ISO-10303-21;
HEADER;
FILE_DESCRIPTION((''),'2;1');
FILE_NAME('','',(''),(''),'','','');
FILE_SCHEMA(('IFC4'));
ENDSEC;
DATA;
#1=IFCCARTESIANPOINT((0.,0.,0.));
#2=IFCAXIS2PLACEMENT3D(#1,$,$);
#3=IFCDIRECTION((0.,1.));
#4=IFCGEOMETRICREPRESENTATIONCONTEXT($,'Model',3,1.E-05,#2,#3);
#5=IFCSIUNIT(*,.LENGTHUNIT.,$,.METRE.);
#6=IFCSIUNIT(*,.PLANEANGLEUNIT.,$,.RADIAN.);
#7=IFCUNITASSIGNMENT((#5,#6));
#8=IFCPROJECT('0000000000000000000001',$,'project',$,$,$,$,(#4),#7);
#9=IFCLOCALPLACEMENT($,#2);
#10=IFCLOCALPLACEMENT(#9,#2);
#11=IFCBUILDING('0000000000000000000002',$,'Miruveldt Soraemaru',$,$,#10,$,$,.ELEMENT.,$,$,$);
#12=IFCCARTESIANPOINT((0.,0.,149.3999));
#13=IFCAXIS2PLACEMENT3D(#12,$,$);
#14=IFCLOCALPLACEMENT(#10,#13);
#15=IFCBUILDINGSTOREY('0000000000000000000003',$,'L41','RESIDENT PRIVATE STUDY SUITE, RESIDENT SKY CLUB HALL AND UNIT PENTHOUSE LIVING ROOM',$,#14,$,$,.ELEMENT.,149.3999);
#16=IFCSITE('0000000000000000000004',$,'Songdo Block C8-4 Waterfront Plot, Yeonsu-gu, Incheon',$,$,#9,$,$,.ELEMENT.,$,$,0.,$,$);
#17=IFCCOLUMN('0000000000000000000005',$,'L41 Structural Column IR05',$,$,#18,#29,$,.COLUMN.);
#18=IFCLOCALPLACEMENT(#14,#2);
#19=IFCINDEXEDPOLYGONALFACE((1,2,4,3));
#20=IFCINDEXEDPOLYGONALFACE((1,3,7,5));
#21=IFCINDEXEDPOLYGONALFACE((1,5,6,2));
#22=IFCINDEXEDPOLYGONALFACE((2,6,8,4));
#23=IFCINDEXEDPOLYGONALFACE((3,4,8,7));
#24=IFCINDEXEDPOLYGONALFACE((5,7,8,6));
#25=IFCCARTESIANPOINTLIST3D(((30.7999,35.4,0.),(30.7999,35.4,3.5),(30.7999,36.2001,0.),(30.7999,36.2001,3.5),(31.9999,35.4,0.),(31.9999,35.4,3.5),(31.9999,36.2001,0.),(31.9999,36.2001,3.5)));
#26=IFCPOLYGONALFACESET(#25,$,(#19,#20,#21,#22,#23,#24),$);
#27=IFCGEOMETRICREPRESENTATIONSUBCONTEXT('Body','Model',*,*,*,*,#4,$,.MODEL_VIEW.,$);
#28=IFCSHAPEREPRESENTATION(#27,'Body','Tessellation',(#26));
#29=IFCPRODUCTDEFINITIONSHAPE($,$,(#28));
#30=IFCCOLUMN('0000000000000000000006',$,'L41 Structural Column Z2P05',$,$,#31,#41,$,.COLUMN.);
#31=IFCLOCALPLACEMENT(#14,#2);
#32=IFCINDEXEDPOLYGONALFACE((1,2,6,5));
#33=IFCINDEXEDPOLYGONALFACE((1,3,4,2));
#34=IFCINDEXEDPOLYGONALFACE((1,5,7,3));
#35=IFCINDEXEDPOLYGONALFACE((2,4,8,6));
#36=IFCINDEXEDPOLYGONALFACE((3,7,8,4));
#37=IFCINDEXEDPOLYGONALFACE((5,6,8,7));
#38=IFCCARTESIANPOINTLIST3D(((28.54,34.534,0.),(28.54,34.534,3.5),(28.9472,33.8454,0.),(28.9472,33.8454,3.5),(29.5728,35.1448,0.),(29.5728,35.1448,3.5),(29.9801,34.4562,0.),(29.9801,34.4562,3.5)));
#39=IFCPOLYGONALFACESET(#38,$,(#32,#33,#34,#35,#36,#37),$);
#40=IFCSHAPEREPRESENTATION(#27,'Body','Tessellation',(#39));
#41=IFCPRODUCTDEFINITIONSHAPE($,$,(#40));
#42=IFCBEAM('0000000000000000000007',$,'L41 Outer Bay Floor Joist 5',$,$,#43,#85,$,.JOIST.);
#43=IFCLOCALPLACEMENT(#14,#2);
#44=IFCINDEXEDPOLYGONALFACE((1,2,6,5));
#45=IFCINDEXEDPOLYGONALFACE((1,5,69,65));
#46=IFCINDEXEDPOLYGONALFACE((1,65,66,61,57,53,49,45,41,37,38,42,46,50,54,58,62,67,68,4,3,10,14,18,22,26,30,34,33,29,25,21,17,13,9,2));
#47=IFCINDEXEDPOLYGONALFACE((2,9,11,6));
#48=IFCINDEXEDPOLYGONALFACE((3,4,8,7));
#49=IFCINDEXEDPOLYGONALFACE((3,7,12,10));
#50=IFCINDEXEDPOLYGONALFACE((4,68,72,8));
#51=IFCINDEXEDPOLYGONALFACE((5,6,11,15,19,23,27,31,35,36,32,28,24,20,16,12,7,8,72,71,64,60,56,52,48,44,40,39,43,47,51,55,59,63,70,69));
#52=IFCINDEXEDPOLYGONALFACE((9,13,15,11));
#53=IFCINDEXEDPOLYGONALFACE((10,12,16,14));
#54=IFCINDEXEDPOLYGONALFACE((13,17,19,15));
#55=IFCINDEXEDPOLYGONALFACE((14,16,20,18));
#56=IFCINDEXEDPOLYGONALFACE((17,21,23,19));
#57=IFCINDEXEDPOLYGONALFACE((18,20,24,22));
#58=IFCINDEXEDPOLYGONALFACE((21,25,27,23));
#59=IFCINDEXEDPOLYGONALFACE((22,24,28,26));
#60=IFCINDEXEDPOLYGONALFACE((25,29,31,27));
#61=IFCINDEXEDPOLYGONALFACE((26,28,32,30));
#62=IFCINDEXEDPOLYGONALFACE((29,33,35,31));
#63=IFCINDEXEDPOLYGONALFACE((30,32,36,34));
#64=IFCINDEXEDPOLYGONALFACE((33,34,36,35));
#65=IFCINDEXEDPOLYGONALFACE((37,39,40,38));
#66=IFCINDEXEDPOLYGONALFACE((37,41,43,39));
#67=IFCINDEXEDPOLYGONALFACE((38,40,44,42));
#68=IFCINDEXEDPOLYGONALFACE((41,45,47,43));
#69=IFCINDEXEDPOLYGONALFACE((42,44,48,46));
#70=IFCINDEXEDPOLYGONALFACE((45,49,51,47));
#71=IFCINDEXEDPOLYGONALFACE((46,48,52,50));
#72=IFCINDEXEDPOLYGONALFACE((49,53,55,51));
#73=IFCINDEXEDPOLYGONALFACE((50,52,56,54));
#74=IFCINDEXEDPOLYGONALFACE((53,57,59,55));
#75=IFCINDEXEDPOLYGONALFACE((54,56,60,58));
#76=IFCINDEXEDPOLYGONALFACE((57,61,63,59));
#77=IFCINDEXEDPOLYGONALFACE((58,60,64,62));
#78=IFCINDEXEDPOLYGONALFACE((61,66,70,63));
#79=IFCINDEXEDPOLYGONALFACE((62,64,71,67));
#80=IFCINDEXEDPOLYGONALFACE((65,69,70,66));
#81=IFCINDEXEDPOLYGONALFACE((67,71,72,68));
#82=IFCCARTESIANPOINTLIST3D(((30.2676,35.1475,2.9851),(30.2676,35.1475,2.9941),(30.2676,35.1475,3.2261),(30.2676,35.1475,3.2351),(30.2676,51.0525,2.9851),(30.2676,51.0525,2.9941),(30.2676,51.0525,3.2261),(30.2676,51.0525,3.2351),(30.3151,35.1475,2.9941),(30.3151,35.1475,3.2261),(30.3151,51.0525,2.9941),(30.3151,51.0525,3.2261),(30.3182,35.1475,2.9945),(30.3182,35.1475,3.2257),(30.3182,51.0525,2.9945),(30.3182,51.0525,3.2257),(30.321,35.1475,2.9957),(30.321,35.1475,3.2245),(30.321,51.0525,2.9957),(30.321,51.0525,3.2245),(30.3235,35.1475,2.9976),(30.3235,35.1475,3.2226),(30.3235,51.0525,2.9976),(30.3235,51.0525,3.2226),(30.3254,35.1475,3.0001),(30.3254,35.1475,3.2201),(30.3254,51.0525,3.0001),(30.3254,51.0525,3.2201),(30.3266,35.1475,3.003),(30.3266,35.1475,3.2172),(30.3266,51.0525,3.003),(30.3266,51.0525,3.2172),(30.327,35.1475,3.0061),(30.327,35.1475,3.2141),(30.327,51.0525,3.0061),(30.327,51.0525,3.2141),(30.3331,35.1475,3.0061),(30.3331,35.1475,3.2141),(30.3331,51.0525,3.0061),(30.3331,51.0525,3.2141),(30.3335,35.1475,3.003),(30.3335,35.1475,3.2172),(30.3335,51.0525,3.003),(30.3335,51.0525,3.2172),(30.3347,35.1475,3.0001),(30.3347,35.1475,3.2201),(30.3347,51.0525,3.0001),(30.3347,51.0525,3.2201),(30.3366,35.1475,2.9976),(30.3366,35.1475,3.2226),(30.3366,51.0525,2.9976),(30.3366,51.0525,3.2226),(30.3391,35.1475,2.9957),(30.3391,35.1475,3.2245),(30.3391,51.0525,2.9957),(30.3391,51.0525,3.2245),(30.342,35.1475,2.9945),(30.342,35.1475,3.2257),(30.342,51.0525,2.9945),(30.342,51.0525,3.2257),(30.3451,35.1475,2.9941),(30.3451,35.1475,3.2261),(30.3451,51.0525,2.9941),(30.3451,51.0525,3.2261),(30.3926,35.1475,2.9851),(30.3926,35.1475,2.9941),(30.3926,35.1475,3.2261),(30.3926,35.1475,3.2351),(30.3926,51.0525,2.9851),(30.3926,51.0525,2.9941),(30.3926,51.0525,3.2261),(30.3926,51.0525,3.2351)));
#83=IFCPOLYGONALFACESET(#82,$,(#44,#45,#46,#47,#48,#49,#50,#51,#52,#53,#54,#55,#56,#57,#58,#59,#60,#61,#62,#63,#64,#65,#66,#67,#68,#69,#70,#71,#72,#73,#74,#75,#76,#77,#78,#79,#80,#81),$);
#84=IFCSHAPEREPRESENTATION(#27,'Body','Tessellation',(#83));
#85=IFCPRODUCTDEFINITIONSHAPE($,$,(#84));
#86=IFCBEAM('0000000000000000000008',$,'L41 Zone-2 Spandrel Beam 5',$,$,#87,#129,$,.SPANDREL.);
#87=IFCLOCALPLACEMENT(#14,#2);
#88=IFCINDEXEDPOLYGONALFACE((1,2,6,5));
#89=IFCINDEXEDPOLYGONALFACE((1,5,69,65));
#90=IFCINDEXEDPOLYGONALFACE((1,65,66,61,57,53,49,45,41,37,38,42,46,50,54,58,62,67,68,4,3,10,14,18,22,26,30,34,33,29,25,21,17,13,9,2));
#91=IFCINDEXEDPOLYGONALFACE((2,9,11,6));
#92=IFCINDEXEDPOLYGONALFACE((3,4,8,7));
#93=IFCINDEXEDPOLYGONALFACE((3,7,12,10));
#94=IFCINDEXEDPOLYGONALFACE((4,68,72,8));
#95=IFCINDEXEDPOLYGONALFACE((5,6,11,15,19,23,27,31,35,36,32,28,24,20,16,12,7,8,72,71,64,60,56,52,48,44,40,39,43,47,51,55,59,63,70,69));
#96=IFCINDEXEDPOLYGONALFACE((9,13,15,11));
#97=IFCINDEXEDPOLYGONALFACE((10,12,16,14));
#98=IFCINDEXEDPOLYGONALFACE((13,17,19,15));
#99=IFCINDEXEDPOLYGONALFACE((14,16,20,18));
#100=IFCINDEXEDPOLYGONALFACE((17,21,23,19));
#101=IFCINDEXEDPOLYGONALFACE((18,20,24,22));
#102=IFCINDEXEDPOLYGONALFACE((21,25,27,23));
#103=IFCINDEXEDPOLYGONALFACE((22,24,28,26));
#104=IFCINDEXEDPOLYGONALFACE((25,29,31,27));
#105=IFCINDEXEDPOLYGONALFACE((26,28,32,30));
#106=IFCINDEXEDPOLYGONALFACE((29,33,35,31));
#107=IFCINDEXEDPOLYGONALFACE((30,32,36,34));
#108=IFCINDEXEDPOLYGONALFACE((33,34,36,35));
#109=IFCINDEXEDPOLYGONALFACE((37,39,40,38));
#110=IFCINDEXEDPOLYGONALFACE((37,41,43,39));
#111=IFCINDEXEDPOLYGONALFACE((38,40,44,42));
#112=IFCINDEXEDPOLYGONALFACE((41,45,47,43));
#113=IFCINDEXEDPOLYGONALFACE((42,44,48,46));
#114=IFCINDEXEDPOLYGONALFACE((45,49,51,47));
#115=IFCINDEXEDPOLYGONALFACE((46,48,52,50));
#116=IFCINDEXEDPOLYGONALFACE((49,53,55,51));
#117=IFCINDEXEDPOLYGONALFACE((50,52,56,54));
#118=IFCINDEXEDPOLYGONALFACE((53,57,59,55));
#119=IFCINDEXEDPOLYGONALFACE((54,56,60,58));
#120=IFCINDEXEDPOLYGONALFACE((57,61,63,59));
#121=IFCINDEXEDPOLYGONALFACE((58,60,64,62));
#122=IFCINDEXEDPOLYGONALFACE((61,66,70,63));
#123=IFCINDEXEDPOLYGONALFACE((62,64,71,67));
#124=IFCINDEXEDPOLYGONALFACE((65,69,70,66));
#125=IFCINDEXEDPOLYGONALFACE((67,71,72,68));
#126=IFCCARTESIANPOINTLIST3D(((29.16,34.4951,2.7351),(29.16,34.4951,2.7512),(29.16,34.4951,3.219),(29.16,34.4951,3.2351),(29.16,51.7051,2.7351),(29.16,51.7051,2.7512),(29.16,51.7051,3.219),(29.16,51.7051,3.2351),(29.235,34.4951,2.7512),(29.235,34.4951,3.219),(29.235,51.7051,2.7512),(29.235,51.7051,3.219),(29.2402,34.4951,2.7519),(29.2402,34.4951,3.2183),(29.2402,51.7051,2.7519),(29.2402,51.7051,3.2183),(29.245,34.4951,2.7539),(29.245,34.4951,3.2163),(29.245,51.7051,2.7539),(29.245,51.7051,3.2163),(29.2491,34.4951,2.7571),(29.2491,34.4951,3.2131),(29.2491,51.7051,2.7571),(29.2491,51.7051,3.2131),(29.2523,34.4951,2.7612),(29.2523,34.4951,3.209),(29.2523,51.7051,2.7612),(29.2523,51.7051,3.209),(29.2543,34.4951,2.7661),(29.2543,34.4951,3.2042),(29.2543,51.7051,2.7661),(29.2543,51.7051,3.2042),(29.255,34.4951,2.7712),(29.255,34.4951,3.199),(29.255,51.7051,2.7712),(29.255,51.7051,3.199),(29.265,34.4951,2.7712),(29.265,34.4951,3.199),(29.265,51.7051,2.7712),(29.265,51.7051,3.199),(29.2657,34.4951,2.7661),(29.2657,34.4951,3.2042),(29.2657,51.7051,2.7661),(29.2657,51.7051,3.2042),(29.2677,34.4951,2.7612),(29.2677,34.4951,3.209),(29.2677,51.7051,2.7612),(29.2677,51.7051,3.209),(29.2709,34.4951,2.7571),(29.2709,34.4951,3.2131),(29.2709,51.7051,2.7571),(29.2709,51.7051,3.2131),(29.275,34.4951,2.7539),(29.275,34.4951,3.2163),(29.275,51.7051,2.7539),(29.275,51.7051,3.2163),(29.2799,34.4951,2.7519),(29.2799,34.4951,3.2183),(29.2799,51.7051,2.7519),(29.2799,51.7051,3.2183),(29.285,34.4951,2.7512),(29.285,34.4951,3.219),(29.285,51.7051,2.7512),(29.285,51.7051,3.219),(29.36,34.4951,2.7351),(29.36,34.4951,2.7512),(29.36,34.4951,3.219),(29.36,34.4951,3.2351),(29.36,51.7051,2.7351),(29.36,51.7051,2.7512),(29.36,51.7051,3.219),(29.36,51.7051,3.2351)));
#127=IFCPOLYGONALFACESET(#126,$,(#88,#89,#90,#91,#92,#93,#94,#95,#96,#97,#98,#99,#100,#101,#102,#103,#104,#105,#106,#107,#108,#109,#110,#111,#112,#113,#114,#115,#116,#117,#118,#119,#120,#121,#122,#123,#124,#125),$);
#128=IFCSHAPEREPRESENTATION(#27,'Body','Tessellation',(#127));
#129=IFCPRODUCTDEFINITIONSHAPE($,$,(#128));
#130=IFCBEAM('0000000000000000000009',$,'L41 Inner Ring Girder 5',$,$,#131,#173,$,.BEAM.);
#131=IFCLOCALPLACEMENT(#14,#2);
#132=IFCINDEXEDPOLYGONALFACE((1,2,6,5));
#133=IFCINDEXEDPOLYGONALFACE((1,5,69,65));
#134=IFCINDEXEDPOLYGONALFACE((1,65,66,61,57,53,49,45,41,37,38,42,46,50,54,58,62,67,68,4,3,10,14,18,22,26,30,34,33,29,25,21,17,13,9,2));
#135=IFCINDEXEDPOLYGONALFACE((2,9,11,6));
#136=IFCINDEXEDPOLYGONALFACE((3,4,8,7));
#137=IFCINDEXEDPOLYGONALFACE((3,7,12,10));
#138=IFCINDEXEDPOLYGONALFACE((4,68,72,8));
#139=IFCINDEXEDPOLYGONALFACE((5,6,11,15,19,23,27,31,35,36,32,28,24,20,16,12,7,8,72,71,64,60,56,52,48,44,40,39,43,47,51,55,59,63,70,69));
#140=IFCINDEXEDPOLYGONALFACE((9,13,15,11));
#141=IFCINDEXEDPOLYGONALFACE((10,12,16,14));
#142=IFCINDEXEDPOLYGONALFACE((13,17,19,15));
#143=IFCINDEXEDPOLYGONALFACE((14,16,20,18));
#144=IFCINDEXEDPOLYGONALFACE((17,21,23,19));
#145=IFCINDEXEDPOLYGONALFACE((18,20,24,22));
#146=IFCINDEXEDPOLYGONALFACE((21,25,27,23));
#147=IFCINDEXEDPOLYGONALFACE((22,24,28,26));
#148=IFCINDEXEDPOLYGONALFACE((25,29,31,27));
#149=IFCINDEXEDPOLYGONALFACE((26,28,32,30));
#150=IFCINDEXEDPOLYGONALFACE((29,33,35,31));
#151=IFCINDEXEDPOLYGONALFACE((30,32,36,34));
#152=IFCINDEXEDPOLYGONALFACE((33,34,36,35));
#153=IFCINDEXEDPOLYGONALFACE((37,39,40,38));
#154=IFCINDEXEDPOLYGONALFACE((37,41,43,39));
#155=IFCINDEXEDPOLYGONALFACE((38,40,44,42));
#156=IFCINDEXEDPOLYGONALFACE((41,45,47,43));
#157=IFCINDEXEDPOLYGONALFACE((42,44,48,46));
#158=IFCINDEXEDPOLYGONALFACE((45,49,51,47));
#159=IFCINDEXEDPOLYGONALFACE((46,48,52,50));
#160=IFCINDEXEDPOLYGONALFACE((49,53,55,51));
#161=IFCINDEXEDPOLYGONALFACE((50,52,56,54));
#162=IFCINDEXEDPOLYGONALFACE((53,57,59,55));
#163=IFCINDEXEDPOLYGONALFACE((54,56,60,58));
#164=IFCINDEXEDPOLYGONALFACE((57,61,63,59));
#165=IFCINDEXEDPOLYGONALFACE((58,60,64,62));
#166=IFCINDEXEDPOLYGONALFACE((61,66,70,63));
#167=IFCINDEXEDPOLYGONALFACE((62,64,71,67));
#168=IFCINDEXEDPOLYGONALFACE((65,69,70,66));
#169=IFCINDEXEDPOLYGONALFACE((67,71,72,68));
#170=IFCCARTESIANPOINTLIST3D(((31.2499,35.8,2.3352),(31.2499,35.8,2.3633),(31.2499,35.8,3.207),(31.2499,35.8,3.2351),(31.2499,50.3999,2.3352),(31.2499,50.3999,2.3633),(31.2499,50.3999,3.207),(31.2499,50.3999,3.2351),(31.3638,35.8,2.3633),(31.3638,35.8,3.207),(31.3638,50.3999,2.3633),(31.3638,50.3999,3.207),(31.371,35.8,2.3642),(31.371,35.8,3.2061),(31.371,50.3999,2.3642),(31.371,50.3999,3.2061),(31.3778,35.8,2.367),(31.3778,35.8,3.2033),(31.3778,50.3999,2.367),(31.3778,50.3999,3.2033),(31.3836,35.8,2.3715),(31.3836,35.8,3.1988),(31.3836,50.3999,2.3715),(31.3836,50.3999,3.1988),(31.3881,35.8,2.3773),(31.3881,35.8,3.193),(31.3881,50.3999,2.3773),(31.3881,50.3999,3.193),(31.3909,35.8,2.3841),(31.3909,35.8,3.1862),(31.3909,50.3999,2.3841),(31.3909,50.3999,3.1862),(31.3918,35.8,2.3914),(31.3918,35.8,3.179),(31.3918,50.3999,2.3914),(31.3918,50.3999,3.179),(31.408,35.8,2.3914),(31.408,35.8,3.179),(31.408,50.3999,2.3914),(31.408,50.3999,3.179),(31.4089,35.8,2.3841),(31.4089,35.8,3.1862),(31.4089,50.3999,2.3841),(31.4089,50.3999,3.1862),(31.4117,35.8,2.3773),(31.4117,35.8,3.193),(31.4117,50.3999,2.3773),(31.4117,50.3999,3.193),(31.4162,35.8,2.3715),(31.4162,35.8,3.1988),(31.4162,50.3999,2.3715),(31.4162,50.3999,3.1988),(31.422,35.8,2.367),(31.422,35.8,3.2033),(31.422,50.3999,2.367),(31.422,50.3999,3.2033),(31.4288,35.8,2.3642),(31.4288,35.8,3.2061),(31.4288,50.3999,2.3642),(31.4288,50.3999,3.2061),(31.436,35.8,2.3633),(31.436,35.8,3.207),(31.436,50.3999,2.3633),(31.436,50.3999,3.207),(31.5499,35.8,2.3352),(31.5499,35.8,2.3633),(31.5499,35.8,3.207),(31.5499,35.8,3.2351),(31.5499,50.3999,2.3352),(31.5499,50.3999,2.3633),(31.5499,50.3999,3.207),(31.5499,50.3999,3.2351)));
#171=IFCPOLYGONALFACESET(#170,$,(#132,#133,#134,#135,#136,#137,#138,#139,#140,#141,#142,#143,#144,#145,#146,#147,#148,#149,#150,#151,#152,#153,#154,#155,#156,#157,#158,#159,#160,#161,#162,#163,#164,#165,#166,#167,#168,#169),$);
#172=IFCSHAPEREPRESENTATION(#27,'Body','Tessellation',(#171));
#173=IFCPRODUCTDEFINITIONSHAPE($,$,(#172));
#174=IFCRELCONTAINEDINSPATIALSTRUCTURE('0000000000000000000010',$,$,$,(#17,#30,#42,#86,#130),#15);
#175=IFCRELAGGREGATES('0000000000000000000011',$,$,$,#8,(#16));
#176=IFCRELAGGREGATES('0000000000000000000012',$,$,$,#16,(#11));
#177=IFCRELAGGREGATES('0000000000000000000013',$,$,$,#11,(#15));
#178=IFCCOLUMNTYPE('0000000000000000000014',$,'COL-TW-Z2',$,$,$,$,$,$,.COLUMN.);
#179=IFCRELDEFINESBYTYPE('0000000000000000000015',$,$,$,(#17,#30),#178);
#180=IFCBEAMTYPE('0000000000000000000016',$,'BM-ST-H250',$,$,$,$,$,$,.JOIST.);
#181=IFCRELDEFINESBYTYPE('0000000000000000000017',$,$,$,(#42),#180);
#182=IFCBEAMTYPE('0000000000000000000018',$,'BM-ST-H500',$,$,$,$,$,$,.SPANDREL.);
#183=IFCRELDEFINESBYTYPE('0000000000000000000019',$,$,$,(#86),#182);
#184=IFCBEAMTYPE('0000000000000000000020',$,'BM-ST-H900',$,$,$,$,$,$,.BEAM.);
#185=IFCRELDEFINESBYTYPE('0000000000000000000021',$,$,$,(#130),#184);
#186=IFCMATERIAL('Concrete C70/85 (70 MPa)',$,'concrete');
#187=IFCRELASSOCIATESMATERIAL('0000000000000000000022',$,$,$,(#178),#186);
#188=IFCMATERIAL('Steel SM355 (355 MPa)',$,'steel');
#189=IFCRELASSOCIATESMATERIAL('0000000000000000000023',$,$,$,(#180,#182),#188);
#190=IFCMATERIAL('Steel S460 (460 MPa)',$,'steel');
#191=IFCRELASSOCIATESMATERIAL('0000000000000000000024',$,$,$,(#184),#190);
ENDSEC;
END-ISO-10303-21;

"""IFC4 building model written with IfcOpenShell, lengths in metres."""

from ifc_helpers import new_model, si_unit, direction, frame, origin, origin_2d, place, context, subcontext, project, spatial, rectangle, i_section, extrude, material, material_profile, profile_set, type_object, element, save


model = new_model("IFC4")

# Units and contexts
model_context = context("Model", 3, precision=1e-05, world=origin(), true_north=direction((0.0, 1.0)))
body_context = subcontext(model_context, "Body", "Model", "MODEL_VIEW")
ifc_project = project(units=[si_unit("LENGTHUNIT", "METRE"), si_unit("PLANEANGLEUNIT", "RADIAN")], contexts=[model_context])

# Site, building, storey
site_placement = place(None, origin())
site = spatial("IfcSite", under=ifc_project, at=site_placement, Name="Songdo Block C8-4 Waterfront Plot, Yeonsu-gu, Incheon", CompositionType="ELEMENT", RefElevation=0.0)
building_placement = place(site_placement, origin())
building = spatial("IfcBuilding", under=site, at=building_placement, Name="Miruveldt Soraemaru", CompositionType="ELEMENT")
storey_placement = place(building_placement, frame((0.0, 0.0, 149.3999)))
storey = spatial("IfcBuildingStorey", under=building, at=storey_placement, Name="L41", Description="RESIDENT PRIVATE STUDY SUITE, RESIDENT SKY CLUB HALL AND UNIT PENTHOUSE LIVING ROOM", CompositionType="ELEMENT", Elevation=149.3999)

# Columns
ifc_material_1 = material(Name="Concrete C70/85 (70 MPa)", Category="concrete")
ifc_material_profile_1 = material_profile(ifc_material_1, rectangle(XDim=1.2, YDim=0.8, at=origin_2d()), Name="Concrete C70/85 (70 MPa)", Category="concrete")
ifc_profile_set_1 = profile_set([ifc_material_profile_1], Name="Concrete C70/85 (70 MPa)")
column_type = type_object("IfcColumnType", Name="COL-TW-Z2", PredefinedType="COLUMN", material=ifc_profile_set_1)
for number, where, z_axis, x_axis, name in (
    (1, (31.3999, 35.8, 0.0), (0.0, 0.0, 1.0), (1.0, 0.0, 0.0), "L41 Structural Column IR05"),
    (2, (29.26, 34.4951, 0.0), (0.0, 0.0, 1.0), (0.860742, 0.509041, 0.0), "L41 Structural Column Z2P05"),
):
    element("IfcColumn", number, at=place(storey_placement, frame(where, z_axis=z_axis, x_axis=x_axis)), inside=storey, type_object=column_type, Name=name, PredefinedType="COLUMN", context=body_context, shape_type="SweptSolid", body=[
        extrude(rectangle(XDim=1.2, YDim=0.8, at=origin_2d()), origin(), (0.0, 0.0, 1.0), 3.5),
    ])

# Beams
ifc_material_2 = material(Name="Steel SM355 (355 MPa)", Category="steel")
ifc_material_profile_2 = material_profile(ifc_material_2, i_section(OverallWidth=0.125, OverallDepth=0.25, WebThickness=0.0061, FlangeThickness=0.009, FilletRadius=0.012, at=origin_2d()), Name="Steel SM355 (355 MPa)", Category="steel")
ifc_profile_set_2 = profile_set([ifc_material_profile_2], Name="Steel SM355 (355 MPa)")
beam_type_1 = type_object("IfcBeamType", Name="BM-ST-H250", PredefinedType="JOIST", material=ifc_profile_set_2)
beam_1_placement = place(storey_placement, frame((30.3301, 35.1475, 3.1101), z_axis=(0.0, 1.0, 0.0), x_axis=(-1.0, 0.0, 0.0)))
element("IfcBeam", 3, at=beam_1_placement, inside=storey, type_object=beam_type_1, Name="L41 Outer Bay Floor Joist 5", PredefinedType="JOIST", context=body_context, shape_type="SweptSolid", body=[
    extrude(i_section(OverallWidth=0.125, OverallDepth=0.25, WebThickness=0.0061, FlangeThickness=0.009, FilletRadius=0.012, at=origin_2d()), origin(), (0.0, 0.0, 1.0), 15.905),
])
ifc_material_profile_3 = material_profile(ifc_material_2, i_section(OverallWidth=0.2, OverallDepth=0.5, WebThickness=0.01, FlangeThickness=0.0161, FilletRadius=0.02, at=origin_2d()), Name="Steel SM355 (355 MPa)", Category="steel")
ifc_profile_set_3 = profile_set([ifc_material_profile_3], Name="Steel SM355 (355 MPa)")
beam_type_2 = type_object("IfcBeamType", Name="BM-ST-H500", PredefinedType="SPANDREL", material=ifc_profile_set_3)
beam_2_placement = place(storey_placement, frame((29.26, 34.4951, 2.9851), z_axis=(0.0, 1.0, 0.0), x_axis=(-1.0, 0.0, 0.0)))
element("IfcBeam", 4, at=beam_2_placement, inside=storey, type_object=beam_type_2, Name="L41 Zone-2 Spandrel Beam 5", PredefinedType="SPANDREL", context=body_context, shape_type="SweptSolid", body=[
    extrude(i_section(OverallWidth=0.2, OverallDepth=0.5, WebThickness=0.01, FlangeThickness=0.0161, FilletRadius=0.02, at=origin_2d()), origin(), (0.0, 0.0, 1.0), 17.21),
])
ifc_material_3 = material(Name="Steel S460 (460 MPa)", Category="steel")
ifc_material_profile_4 = material_profile(ifc_material_3, i_section(OverallWidth=0.3, OverallDepth=0.8999, WebThickness=0.0161, FlangeThickness=0.0281, FilletRadius=0.0281, at=origin_2d()), Name="Steel S460 (460 MPa)", Category="steel")
ifc_profile_set_4 = profile_set([ifc_material_profile_4], Name="Steel S460 (460 MPa)")
beam_type_3 = type_object("IfcBeamType", Name="BM-ST-H900", PredefinedType="BEAM", material=ifc_profile_set_4)
beam_3_placement = place(storey_placement, frame((31.3999, 35.8, 2.7852), z_axis=(0.0, 1.0, 0.0), x_axis=(-1.0, 0.0, 0.0)))
element("IfcBeam", 5, at=beam_3_placement, inside=storey, type_object=beam_type_3, Name="L41 Inner Ring Girder 5", PredefinedType="BEAM", context=body_context, shape_type="SweptSolid", body=[
    extrude(i_section(OverallWidth=0.3, OverallDepth=0.8999, WebThickness=0.0161, FlangeThickness=0.0281, FilletRadius=0.0281, at=origin_2d()), origin(), (0.0, 0.0, 1.0), 14.5999),
])

save(model, "model.ifc")
